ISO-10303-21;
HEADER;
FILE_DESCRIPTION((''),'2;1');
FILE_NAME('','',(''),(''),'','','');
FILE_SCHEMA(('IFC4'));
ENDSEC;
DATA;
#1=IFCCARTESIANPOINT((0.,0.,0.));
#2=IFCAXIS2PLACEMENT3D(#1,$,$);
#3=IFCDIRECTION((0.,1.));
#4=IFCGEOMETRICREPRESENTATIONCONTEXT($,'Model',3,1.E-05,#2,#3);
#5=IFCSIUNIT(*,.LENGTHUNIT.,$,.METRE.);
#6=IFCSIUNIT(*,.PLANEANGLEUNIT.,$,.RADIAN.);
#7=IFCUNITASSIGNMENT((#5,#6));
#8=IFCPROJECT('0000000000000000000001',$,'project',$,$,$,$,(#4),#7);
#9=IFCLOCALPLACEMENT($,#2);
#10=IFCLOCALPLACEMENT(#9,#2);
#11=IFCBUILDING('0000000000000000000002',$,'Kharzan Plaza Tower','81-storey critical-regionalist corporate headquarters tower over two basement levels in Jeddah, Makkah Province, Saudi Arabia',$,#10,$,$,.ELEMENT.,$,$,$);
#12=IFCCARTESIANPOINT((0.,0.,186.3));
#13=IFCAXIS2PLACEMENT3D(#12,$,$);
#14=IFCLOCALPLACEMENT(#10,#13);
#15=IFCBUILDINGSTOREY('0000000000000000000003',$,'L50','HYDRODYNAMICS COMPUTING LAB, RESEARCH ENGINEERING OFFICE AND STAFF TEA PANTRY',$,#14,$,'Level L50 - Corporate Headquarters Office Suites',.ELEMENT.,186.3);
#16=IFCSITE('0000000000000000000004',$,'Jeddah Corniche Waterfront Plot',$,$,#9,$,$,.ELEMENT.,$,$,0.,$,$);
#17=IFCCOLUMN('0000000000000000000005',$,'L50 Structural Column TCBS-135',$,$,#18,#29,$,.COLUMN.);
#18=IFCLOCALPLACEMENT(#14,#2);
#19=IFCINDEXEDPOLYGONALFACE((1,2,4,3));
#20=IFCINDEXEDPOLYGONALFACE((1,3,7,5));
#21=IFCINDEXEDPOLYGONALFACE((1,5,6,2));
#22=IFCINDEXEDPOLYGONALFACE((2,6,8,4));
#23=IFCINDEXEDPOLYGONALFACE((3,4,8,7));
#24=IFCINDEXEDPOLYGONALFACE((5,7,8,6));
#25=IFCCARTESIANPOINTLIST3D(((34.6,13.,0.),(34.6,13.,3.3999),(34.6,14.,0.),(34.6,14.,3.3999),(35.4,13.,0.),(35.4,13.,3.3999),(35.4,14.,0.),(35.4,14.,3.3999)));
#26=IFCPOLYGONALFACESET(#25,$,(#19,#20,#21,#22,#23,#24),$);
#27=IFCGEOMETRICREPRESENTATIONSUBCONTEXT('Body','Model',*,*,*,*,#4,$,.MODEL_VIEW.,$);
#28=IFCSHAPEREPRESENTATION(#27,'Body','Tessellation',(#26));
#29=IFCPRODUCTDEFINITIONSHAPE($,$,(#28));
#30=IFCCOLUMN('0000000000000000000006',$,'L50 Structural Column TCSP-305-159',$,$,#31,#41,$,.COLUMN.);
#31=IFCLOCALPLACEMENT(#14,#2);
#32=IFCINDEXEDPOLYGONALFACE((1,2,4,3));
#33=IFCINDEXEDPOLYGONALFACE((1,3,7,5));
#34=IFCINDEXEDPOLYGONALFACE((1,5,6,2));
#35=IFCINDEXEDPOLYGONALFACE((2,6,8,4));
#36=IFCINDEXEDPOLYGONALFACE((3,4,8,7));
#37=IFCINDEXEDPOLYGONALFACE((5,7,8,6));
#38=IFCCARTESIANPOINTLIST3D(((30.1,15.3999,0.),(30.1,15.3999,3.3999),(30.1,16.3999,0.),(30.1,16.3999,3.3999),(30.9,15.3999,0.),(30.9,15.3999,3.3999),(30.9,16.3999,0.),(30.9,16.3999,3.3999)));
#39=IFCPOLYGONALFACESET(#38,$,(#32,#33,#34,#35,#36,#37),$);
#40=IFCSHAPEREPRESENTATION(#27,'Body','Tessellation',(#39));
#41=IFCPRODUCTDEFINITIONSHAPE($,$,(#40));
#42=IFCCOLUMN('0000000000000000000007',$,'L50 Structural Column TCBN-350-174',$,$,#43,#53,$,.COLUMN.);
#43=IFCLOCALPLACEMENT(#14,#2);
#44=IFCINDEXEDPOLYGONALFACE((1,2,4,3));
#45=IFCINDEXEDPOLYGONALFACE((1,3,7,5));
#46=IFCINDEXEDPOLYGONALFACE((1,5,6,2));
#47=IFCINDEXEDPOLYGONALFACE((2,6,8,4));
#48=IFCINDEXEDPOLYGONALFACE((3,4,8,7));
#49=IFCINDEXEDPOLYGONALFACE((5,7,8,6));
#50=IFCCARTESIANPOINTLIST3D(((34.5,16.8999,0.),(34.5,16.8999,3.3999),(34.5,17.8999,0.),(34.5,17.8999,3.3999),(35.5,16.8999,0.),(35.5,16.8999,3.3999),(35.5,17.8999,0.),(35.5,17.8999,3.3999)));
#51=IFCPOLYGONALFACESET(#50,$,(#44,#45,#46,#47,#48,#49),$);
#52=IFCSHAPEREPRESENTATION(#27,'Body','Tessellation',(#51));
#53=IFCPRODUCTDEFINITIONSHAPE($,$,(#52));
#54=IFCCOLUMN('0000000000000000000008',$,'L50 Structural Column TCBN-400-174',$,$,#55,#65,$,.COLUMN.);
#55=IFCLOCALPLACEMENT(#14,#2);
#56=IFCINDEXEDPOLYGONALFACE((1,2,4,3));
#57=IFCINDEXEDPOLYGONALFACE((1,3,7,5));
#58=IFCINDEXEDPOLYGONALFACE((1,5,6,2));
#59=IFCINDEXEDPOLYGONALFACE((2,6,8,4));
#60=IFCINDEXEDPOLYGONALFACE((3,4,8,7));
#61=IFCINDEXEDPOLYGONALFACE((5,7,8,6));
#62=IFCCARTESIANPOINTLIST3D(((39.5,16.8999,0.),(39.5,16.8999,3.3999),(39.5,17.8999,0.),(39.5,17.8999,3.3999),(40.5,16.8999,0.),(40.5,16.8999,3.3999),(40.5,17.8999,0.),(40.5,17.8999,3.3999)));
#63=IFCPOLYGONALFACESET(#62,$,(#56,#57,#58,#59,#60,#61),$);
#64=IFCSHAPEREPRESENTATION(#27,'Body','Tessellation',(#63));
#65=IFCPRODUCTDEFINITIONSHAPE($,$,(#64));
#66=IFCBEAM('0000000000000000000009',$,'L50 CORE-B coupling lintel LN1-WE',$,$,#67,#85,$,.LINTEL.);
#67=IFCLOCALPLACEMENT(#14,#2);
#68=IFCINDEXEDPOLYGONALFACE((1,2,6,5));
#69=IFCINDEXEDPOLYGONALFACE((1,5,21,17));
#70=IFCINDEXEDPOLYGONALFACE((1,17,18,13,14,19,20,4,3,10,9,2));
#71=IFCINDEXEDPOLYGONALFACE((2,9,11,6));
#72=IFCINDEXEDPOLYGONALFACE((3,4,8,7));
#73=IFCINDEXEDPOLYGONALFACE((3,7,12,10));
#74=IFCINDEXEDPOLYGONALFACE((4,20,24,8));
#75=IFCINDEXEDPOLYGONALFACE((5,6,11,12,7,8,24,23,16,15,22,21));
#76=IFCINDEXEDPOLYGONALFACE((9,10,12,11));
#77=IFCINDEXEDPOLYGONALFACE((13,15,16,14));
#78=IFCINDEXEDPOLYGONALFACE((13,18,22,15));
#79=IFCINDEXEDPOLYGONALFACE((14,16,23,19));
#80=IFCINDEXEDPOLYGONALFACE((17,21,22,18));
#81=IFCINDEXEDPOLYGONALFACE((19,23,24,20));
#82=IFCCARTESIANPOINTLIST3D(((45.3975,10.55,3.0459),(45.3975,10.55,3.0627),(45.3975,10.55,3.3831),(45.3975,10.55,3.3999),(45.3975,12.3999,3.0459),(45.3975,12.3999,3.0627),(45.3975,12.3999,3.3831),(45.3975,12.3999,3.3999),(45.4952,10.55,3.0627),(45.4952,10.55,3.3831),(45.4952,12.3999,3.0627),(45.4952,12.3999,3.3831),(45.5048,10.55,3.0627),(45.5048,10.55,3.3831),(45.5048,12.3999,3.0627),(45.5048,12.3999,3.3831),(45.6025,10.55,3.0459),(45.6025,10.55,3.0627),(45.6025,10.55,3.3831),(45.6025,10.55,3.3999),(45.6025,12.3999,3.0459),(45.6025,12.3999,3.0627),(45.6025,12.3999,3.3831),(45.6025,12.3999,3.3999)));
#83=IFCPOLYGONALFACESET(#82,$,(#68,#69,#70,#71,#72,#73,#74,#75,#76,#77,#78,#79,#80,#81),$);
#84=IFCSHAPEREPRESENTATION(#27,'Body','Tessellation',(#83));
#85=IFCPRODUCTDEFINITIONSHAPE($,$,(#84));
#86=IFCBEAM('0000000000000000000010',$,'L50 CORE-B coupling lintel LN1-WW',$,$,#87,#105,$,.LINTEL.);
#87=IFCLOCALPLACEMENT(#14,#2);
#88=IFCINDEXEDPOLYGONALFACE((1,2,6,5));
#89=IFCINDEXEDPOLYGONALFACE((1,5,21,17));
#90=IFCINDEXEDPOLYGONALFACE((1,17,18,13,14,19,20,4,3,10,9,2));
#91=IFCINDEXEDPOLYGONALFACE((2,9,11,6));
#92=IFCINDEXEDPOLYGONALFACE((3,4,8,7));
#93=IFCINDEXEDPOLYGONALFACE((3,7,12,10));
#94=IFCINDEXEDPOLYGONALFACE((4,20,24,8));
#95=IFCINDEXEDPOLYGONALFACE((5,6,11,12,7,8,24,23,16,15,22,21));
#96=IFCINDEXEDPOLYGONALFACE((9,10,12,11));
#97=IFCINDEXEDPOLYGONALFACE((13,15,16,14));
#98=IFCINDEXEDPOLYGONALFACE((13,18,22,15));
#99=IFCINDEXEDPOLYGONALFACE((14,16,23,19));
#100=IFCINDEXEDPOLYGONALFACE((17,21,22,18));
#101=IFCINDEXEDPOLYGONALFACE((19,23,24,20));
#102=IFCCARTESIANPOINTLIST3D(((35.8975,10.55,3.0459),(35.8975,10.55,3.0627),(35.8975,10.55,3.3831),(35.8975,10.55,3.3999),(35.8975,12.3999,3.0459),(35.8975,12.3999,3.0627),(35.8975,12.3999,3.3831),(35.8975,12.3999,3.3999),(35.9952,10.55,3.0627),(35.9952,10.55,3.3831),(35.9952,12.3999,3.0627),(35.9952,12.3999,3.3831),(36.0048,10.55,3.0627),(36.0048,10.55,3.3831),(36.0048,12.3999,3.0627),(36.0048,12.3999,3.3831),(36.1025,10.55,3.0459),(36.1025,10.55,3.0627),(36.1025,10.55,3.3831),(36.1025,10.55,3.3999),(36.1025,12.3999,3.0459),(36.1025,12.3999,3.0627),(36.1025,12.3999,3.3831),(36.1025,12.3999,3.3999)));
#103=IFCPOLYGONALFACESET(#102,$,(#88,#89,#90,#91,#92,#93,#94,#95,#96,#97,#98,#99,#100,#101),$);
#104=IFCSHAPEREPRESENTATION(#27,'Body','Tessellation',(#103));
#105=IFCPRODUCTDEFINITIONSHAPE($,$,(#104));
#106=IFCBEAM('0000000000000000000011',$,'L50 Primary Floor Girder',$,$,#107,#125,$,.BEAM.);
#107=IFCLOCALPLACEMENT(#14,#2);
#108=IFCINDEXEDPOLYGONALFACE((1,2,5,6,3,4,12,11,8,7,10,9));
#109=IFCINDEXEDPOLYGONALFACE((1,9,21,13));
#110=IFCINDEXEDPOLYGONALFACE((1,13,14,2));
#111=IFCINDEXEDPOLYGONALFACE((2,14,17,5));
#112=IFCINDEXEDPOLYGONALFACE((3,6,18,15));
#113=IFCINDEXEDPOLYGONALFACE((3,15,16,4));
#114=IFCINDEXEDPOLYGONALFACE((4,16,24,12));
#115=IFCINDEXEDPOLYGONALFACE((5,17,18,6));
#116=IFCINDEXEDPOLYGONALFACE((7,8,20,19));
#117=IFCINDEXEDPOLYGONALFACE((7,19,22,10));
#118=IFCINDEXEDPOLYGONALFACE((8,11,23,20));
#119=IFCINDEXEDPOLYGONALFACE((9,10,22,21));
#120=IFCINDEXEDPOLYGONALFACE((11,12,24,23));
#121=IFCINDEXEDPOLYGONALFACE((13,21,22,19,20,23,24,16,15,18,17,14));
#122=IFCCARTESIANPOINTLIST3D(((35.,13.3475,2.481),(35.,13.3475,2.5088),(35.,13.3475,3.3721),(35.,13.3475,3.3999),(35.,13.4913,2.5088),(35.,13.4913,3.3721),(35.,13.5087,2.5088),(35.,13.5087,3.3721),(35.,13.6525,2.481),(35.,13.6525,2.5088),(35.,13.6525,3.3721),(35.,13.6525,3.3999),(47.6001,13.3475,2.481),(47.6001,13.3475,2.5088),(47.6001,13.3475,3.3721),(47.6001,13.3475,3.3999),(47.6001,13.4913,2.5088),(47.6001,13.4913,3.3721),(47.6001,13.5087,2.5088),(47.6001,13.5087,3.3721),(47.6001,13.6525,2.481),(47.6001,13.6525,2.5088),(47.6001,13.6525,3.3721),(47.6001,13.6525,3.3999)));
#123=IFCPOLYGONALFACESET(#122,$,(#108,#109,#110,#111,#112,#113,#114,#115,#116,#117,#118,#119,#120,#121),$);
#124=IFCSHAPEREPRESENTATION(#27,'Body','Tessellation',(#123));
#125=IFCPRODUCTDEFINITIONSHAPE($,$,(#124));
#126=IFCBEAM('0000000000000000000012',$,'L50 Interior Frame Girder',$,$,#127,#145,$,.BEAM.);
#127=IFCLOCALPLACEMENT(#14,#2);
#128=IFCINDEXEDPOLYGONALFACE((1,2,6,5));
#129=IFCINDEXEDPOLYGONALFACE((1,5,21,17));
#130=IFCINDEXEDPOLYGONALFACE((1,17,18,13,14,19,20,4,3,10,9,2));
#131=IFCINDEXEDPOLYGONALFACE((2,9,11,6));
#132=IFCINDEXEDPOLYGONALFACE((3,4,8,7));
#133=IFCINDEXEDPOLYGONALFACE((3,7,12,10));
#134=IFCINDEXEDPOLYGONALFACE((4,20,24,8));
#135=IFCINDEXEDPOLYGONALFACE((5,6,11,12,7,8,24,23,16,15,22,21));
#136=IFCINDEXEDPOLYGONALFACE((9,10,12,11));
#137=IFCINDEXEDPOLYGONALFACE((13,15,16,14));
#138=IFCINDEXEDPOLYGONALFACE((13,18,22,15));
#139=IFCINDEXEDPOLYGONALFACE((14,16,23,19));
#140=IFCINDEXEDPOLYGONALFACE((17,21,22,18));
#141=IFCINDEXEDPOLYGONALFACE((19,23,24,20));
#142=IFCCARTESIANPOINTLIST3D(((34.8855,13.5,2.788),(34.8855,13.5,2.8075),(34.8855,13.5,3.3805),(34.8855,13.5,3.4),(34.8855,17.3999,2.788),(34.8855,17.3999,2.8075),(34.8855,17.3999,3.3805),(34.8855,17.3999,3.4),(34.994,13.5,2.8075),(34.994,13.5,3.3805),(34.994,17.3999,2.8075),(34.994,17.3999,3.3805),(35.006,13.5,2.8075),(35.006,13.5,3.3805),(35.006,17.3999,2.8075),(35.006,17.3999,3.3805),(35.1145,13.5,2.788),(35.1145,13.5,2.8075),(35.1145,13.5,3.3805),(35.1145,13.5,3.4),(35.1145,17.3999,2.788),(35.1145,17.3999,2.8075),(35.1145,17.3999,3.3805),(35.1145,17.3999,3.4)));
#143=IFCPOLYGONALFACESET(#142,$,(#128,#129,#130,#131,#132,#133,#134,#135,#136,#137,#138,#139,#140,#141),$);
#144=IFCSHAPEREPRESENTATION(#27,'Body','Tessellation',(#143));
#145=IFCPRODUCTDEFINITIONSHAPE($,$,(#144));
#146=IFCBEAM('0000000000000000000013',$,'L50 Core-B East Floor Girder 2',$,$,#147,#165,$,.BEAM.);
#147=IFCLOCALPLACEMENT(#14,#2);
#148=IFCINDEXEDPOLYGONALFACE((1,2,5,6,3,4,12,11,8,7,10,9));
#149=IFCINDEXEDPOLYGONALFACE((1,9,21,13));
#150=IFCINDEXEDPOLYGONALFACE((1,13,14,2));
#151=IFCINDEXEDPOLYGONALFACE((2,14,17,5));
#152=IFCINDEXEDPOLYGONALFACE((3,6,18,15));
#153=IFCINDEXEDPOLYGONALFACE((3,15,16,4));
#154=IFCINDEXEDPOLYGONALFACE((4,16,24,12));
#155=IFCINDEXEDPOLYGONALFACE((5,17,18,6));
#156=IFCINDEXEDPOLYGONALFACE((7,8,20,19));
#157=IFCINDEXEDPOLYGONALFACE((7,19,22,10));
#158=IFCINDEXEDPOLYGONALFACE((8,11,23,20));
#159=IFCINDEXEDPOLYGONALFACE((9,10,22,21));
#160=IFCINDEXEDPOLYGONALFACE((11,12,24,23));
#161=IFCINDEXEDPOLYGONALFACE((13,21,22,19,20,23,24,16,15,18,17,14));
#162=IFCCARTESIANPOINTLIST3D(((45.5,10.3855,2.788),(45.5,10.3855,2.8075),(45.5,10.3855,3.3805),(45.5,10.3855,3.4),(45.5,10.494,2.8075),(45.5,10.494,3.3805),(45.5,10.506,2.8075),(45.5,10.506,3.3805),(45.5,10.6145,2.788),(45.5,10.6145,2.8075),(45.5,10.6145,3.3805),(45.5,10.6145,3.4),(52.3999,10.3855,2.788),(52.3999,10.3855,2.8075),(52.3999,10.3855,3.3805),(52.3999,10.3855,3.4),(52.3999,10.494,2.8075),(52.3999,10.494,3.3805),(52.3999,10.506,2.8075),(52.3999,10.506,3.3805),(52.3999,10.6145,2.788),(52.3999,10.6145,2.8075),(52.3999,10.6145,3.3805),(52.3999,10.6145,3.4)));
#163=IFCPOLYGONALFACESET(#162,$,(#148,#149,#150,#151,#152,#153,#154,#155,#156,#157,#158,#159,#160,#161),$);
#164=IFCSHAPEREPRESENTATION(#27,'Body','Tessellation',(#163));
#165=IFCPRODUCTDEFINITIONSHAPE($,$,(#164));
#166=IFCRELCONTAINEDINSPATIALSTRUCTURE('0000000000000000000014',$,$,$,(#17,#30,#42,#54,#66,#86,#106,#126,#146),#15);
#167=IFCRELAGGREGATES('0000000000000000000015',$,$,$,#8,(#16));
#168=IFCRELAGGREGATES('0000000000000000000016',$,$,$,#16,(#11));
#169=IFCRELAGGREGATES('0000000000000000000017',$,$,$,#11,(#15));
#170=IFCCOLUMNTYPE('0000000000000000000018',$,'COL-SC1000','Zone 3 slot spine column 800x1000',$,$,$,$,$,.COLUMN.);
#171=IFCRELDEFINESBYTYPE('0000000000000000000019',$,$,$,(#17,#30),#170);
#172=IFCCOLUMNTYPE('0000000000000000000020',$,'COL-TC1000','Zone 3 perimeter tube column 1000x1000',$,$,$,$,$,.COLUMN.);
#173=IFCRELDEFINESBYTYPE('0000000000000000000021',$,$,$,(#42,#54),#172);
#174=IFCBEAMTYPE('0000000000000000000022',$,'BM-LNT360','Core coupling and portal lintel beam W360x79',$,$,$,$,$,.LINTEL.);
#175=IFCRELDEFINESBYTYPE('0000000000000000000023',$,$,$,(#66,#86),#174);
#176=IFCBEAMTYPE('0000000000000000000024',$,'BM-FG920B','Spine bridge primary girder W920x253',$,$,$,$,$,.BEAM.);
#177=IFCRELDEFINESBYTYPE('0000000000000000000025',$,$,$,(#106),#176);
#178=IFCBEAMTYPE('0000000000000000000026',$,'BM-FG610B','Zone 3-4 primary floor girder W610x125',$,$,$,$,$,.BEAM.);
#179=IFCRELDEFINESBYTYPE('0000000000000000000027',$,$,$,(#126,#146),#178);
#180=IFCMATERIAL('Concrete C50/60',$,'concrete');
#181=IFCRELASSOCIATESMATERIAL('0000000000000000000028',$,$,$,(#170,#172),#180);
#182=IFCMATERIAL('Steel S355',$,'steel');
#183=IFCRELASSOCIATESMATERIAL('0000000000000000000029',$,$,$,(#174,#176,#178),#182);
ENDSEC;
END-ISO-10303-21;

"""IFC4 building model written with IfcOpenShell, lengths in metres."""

from ifc_helpers import new_model, si_unit, direction, frame, origin, origin_2d, place, context, subcontext, project, spatial, rectangle, i_section, extrude, source, transform, mapped, material, material_profile, profile_set, type_object, element, save


model = new_model("IFC4")

# Units and contexts
model_context = context("Model", 3, precision=1e-05, world=origin(), true_north=direction((0.0, 1.0)))
body_context = subcontext(model_context, "Body", "Model", "MODEL_VIEW")
ifc_project = project(units=[si_unit("LENGTHUNIT", "METRE"), si_unit("PLANEANGLEUNIT", "RADIAN")], contexts=[model_context])

# Site, building, storey
site_placement = place(None, origin())
site = spatial("IfcSite", under=ifc_project, at=site_placement, Name="Jeddah Corniche Waterfront Plot", CompositionType="ELEMENT", RefElevation=0.0)
building_placement = place(site_placement, origin())
building = spatial("IfcBuilding", under=site, at=building_placement, Name="Kharzan Plaza Tower", Description="81-storey critical-regionalist corporate headquarters tower over two basement levels in Jeddah, Makkah Province, Saudi Arabia", CompositionType="ELEMENT")
storey_placement = place(building_placement, frame((0.0, 0.0, 186.3)))
storey = spatial("IfcBuildingStorey", under=building, at=storey_placement, Name="L50", Description="HYDRODYNAMICS COMPUTING LAB, RESEARCH ENGINEERING OFFICE AND STAFF TEA PANTRY", LongName="Level L50 - Corporate Headquarters Office Suites", CompositionType="ELEMENT", Elevation=186.3)

# Columns
ifc_material_1 = material(Name="Concrete C50/60", Category="concrete")
ifc_material_profile_1 = material_profile(ifc_material_1, rectangle(XDim=0.8, YDim=1.0, at=origin_2d()), Name="RC-SC1000x800")
ifc_profile_set_1 = profile_set([ifc_material_profile_1], Name="Concrete C50/60")
column_type_1 = type_object("IfcColumnType", Name="COL-SC1000", Description="Zone 3 slot spine column 800x1000", PredefinedType="COLUMN", material=ifc_profile_set_1)
shared_shape_1 = source(origin(), body_context, "Body", "SweptSolid", [
    extrude(rectangle(XDim=0.8, YDim=1.0, at=origin_2d()), origin(), (0.0, 0.0, 1.0), 3.3999),
])
for number, where, z_axis, x_axis, name in (
    (1, (35.0, 13.5, 0.0), (0.0, 0.0, 1.0), (1.0, 0.0, 0.0), "L50 Structural Column TCBS-135"),
    (2, (30.5, 15.8999, 0.0), (0.0, 0.0, 1.0), (1.0, 0.0, 0.0), "L50 Structural Column TCSP-305-159"),
):
    element("IfcColumn", number, at=place(storey_placement, frame(where, z_axis=z_axis, x_axis=x_axis)), inside=storey, type_object=column_type_1, Name=name, PredefinedType="COLUMN", context=body_context, shape_type="MappedRepresentation", body=[
        mapped(shared_shape_1, transform((0.0, 0.0, 0.0), x_axis=(1.0, 0.0, 0.0), y_axis=(0.0, 1.0, 0.0), z_axis=(0.0, 0.0, 1.0))),
    ])
ifc_material_profile_2 = material_profile(ifc_material_1, rectangle(XDim=1.0, YDim=1.0, at=origin_2d()), Name="RC-TC1000x1000")
ifc_profile_set_2 = profile_set([ifc_material_profile_2], Name="Concrete C50/60")
column_type_2 = type_object("IfcColumnType", Name="COL-TC1000", Description="Zone 3 perimeter tube column 1000x1000", PredefinedType="COLUMN", material=ifc_profile_set_2)
shared_shape_2 = source(origin(), body_context, "Body", "SweptSolid", [
    extrude(rectangle(XDim=1.0, YDim=1.0, at=origin_2d()), origin(), (0.0, 0.0, 1.0), 3.3999),
])
for number, where, z_axis, x_axis, name in (
    (3, (35.0, 17.3999, 0.0), (0.0, 0.0, 1.0), (1.0, 0.0, 0.0), "L50 Structural Column TCBN-350-174"),
    (4, (40.0, 17.3999, 0.0), (0.0, 0.0, 1.0), (1.0, 0.0, 0.0), "L50 Structural Column TCBN-400-174"),
):
    element("IfcColumn", number, at=place(storey_placement, frame(where, z_axis=z_axis, x_axis=x_axis)), inside=storey, type_object=column_type_2, Name=name, PredefinedType="COLUMN", context=body_context, shape_type="MappedRepresentation", body=[
        mapped(shared_shape_2, transform((0.0, 0.0, 0.0), x_axis=(1.0, 0.0, 0.0), y_axis=(0.0, 1.0, 0.0), z_axis=(0.0, 0.0, 1.0))),
    ])

# Beams
ifc_material_2 = material(Name="Steel S355", Category="steel")
ifc_material_profile_3 = material_profile(ifc_material_2, i_section(OverallWidth=0.2051, OverallDepth=0.354, WebThickness=0.0095, FlangeThickness=0.0168, at=origin_2d()), Name="W360x79")
ifc_profile_set_3 = profile_set([ifc_material_profile_3], Name="Steel S355")
beam_type_1 = type_object("IfcBeamType", Name="BM-LNT360", Description="Core coupling and portal lintel beam W360x79", PredefinedType="LINTEL", material=ifc_profile_set_3)
shared_shape_3 = source(origin(), body_context, "Body", "SweptSolid", [
    extrude(i_section(OverallWidth=0.2051, OverallDepth=0.354, WebThickness=0.0095, FlangeThickness=0.0168, at=origin_2d()), origin(), (0.0, 0.0, 1.0), 1.8499),
])
for number, where, z_axis, x_axis, name in (
    (5, (45.5, 10.55, 3.2229), (0.0, 1.0, 0.0), (-1.0, 0.0, 0.0), "L50 CORE-B coupling lintel LN1-WE"),
    (6, (36.0, 10.55, 3.2229), (0.0, 1.0, 0.0), (-1.0, 0.0, 0.0), "L50 CORE-B coupling lintel LN1-WW"),
):
    element("IfcBeam", number, at=place(storey_placement, frame(where, z_axis=z_axis, x_axis=x_axis)), inside=storey, type_object=beam_type_1, Name=name, PredefinedType="LINTEL", context=body_context, shape_type="MappedRepresentation", body=[
        mapped(shared_shape_3, transform((0.0, 0.0, 0.0), x_axis=(1.0, 0.0, 0.0), y_axis=(0.0, 1.0, 0.0), z_axis=(0.0, 0.0, 1.0))),
    ])
ifc_material_profile_4 = material_profile(ifc_material_2, i_section(OverallWidth=0.3049, OverallDepth=0.9189, WebThickness=0.0173, FlangeThickness=0.0278, at=origin_2d()), Name="W920x253")
ifc_profile_set_4 = profile_set([ifc_material_profile_4], Name="Steel S355")
beam_type_2 = type_object("IfcBeamType", Name="BM-FG920B", Description="Spine bridge primary girder W920x253", PredefinedType="BEAM", material=ifc_profile_set_4)
shared_shape_4 = source(origin(), body_context, "Body", "SweptSolid", [
    extrude(i_section(OverallWidth=0.3049, OverallDepth=0.9189, WebThickness=0.0173, FlangeThickness=0.0278, at=origin_2d()), origin(), (0.0, 0.0, 1.0), 12.6001),
])
beam_1_placement = place(storey_placement, frame((35.0, 13.5, 2.9404), z_axis=(1.0, 0.0, 0.0), x_axis=(0.0, 1.0, 0.0)))
element("IfcBeam", 7, at=beam_1_placement, inside=storey, type_object=beam_type_2, Name="L50 Primary Floor Girder", PredefinedType="BEAM", context=body_context, shape_type="MappedRepresentation", body=[
    mapped(shared_shape_4, transform((0.0, 0.0, 0.0), x_axis=(1.0, 0.0, 0.0), y_axis=(0.0, 1.0, 0.0), z_axis=(0.0, 0.0, 1.0))),
])
ifc_material_profile_5 = material_profile(ifc_material_2, i_section(OverallWidth=0.229, OverallDepth=0.6121, WebThickness=0.012, FlangeThickness=0.0195, at=origin_2d()), Name="W610x125")
ifc_profile_set_5 = profile_set([ifc_material_profile_5], Name="Steel S355")
beam_type_3 = type_object("IfcBeamType", Name="BM-FG610B", Description="Zone 3-4 primary floor girder W610x125", PredefinedType="BEAM", material=ifc_profile_set_5)
shared_shape_5 = source(origin(), body_context, "Body", "SweptSolid", [
    extrude(i_section(OverallWidth=0.229, OverallDepth=0.6121, WebThickness=0.012, FlangeThickness=0.0195, at=origin_2d()), origin(), (0.0, 0.0, 1.0), 3.8999),
])
beam_2_placement = place(storey_placement, frame((35.0, 13.5, 3.094), z_axis=(0.0, 1.0, 0.0), x_axis=(-1.0, 0.0, 0.0)))
element("IfcBeam", 8, at=beam_2_placement, inside=storey, type_object=beam_type_3, Name="L50 Interior Frame Girder", PredefinedType="BEAM", context=body_context, shape_type="MappedRepresentation", body=[
    mapped(shared_shape_5, transform((0.0, 0.0, 0.0), x_axis=(1.0, 0.0, 0.0), y_axis=(0.0, 1.0, 0.0), z_axis=(0.0, 0.0, 1.0))),
])
shared_shape_6 = source(origin(), body_context, "Body", "SweptSolid", [
    extrude(i_section(OverallWidth=0.229, OverallDepth=0.6121, WebThickness=0.012, FlangeThickness=0.0195, at=origin_2d()), origin(), (0.0, 0.0, 1.0), 6.8999),
])
beam_3_placement = place(storey_placement, frame((45.5, 10.5, 3.094), z_axis=(1.0, 0.0, 0.0), x_axis=(0.0, 1.0, 0.0)))
element("IfcBeam", 9, at=beam_3_placement, inside=storey, type_object=beam_type_3, Name="L50 Core-B East Floor Girder 2", PredefinedType="BEAM", context=body_context, shape_type="MappedRepresentation", body=[
    mapped(shared_shape_6, transform((0.0, 0.0, 0.0), x_axis=(1.0, 0.0, 0.0), y_axis=(0.0, 1.0, 0.0), z_axis=(0.0, 0.0, 1.0))),
])

save(model, "model.ifc")
